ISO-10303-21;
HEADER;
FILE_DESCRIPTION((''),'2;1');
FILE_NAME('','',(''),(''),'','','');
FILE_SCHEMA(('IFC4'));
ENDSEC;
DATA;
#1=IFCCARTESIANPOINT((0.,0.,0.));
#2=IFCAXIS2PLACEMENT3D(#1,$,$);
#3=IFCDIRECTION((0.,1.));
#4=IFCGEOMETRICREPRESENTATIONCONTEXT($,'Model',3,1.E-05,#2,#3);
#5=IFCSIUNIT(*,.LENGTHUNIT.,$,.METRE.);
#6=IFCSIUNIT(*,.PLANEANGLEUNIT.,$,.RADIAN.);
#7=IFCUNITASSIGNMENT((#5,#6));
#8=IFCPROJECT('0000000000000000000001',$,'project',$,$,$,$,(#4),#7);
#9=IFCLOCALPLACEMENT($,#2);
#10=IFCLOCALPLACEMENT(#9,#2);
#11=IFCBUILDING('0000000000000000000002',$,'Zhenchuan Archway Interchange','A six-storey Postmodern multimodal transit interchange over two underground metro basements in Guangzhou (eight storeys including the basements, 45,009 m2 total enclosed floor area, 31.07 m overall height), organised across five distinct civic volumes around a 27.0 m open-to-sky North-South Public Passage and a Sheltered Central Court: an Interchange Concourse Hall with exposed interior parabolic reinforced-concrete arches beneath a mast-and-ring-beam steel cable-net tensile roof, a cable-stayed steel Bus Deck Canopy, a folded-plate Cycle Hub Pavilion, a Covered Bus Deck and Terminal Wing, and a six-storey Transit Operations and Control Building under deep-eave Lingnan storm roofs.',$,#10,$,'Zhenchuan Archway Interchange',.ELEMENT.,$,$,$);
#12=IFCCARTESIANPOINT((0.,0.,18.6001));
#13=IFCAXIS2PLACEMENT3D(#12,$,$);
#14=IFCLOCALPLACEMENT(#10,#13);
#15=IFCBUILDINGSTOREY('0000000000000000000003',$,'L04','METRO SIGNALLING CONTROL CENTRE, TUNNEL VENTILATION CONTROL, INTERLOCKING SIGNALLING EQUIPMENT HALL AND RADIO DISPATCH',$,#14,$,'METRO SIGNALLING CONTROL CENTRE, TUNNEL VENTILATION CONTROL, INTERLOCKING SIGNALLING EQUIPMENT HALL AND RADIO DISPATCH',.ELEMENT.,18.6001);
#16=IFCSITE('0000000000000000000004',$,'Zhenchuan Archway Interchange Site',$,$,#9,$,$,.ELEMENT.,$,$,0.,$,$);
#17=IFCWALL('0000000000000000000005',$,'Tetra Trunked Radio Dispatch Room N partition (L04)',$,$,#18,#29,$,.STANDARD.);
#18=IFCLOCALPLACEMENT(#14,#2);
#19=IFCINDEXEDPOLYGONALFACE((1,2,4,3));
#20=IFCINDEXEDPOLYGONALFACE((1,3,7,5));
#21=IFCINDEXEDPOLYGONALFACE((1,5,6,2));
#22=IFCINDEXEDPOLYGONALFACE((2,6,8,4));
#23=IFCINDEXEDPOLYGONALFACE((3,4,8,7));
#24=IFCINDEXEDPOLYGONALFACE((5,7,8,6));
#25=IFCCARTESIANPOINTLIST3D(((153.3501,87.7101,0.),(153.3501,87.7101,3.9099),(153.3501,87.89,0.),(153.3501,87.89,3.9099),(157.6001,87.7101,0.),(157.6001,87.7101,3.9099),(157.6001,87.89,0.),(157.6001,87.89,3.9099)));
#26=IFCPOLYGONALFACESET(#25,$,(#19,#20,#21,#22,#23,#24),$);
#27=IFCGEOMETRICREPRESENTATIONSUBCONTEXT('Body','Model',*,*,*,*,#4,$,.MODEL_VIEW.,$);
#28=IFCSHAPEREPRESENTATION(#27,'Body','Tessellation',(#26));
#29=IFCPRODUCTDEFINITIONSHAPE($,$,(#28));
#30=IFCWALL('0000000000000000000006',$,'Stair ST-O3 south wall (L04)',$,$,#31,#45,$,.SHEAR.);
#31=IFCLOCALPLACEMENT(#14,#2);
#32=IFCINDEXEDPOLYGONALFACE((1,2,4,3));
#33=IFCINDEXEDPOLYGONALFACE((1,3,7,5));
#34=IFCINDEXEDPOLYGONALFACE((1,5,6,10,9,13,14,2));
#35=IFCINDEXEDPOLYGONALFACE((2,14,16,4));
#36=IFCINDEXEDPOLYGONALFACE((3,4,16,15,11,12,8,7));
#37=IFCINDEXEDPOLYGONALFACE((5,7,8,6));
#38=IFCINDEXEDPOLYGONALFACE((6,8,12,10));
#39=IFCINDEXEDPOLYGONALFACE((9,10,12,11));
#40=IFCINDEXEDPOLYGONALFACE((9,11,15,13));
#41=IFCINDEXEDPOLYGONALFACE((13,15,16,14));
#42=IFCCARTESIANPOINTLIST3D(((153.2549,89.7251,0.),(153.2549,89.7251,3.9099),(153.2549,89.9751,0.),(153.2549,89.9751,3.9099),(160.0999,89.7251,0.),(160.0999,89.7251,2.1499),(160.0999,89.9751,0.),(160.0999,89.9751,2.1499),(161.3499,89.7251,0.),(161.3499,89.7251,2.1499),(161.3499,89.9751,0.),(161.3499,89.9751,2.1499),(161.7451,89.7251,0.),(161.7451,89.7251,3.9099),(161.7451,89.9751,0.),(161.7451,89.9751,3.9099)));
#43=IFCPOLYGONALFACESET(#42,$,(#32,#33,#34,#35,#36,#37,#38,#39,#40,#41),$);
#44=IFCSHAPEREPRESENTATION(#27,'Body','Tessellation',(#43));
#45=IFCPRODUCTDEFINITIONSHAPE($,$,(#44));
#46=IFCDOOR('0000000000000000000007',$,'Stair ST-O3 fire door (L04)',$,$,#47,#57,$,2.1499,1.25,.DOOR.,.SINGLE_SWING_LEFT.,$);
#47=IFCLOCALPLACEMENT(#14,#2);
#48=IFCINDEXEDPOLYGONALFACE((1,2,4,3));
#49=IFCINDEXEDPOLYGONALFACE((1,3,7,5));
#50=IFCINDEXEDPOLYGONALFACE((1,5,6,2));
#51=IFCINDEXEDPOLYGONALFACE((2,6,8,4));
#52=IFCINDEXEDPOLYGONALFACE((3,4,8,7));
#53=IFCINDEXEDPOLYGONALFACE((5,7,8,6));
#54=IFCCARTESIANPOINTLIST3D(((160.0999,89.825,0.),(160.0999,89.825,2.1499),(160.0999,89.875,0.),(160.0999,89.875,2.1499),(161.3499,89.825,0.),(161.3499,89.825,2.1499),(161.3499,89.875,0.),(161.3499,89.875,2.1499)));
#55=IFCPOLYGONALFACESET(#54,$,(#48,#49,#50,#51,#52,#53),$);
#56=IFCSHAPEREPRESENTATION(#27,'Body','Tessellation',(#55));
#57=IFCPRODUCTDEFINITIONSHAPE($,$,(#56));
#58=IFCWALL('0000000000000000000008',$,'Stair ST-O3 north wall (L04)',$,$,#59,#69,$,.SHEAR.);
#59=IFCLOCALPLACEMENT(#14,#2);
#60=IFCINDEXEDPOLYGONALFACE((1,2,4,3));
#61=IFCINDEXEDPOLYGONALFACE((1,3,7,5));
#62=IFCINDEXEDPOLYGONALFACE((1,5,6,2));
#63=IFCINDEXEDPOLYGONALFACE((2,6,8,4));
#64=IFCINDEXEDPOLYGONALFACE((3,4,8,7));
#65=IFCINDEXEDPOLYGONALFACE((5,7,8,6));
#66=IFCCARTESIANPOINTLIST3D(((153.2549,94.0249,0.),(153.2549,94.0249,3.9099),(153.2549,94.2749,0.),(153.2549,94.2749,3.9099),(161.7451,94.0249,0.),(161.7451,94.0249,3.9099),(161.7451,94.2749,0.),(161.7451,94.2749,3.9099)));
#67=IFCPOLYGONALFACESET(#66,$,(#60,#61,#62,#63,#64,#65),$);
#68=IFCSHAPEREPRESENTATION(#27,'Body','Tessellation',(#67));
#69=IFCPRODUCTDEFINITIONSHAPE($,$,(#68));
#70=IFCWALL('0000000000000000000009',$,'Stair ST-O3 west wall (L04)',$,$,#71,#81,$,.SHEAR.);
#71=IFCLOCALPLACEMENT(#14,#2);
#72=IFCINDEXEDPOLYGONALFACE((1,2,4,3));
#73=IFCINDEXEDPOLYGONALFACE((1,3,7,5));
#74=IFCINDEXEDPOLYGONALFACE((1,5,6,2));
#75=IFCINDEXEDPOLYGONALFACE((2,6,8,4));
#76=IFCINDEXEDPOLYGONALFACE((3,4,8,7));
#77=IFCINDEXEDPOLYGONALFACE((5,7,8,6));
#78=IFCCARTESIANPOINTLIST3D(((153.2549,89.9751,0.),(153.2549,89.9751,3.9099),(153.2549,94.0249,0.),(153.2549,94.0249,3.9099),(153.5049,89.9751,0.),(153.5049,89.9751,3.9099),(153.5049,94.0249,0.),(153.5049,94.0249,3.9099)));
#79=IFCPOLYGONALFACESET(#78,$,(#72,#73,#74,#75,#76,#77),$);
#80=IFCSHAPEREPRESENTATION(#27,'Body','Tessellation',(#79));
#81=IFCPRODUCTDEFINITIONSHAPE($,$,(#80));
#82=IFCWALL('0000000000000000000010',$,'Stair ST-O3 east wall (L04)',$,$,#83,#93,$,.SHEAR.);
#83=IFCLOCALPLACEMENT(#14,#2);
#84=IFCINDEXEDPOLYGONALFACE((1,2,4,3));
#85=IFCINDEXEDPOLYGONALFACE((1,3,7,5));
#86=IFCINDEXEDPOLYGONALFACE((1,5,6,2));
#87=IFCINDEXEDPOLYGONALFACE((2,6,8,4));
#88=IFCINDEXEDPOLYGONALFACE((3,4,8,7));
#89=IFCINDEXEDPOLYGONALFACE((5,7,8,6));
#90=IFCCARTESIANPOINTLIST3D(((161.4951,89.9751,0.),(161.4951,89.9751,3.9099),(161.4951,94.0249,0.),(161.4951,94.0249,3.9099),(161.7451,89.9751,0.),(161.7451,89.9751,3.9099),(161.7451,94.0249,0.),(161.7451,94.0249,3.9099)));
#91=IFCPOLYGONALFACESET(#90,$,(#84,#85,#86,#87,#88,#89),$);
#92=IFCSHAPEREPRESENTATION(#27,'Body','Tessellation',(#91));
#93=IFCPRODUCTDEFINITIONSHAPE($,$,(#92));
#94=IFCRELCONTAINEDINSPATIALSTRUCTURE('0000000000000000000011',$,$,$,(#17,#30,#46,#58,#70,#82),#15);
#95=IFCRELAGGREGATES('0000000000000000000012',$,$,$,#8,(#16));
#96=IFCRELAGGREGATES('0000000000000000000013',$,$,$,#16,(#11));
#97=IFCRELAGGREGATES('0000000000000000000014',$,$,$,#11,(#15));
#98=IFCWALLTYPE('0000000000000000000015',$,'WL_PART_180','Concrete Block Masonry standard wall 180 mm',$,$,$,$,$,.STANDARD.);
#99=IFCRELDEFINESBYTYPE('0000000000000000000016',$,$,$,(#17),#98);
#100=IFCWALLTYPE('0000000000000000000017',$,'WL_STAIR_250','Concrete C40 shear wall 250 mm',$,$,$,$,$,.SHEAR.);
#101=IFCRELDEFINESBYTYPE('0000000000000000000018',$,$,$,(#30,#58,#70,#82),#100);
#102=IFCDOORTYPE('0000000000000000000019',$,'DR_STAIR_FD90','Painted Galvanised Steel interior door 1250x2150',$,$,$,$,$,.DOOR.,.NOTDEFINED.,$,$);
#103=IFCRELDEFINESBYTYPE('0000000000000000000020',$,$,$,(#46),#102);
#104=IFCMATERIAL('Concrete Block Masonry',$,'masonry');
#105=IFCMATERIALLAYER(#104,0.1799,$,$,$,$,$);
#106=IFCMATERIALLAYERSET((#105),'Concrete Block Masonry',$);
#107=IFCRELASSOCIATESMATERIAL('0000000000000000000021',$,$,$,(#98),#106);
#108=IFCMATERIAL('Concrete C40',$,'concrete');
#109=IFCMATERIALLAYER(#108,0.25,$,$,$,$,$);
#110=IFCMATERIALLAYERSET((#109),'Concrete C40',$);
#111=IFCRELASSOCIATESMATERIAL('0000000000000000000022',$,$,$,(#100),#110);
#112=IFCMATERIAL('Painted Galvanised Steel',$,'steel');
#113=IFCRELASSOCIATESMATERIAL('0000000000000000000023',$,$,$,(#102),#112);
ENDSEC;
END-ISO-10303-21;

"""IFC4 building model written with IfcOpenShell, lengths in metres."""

from ifc_helpers import new_model, si_unit, direction, frame, frame_2d, origin, place, context, subcontext, project, spatial, rectangle, extrude, material, layer, layer_set, type_object, element, fill, save


model = new_model("IFC4")

# Units and contexts
model_context = context("Model", 3, precision=1e-05, world=origin(), true_north=direction((0.0, 1.0)))
body_context = subcontext(model_context, "Body", "Model", "MODEL_VIEW")
ifc_project = project(units=[si_unit("LENGTHUNIT", "METRE"), si_unit("PLANEANGLEUNIT", "RADIAN")], contexts=[model_context])

# Site, building, storey
site_placement = place(None, origin())
site = spatial("IfcSite", under=ifc_project, at=site_placement, Name="Zhenchuan Archway Interchange Site", CompositionType="ELEMENT", RefElevation=0.0)
building_placement = place(site_placement, origin())
building = spatial("IfcBuilding", under=site, at=building_placement, Name="Zhenchuan Archway Interchange", Description="A six-storey Postmodern multimodal transit interchange over two underground metro basements in Guangzhou (eight storeys including the basements, 45,009 m2 total enclosed floor area, 31.07 m overall height), organised across five distinct civic volumes around a 27.0 m open-to-sky North-South Public Passage and a Sheltered Central Court: an Interchange Concourse Hall with exposed interior parabolic reinforced-concrete arches beneath a mast-and-ring-beam steel cable-net tensile roof, a cable-stayed steel Bus Deck Canopy, a folded-plate Cycle Hub Pavilion, a Covered Bus Deck and Terminal Wing, and a six-storey Transit Operations and Control Building under deep-eave Lingnan storm roofs.", LongName="Zhenchuan Archway Interchange", CompositionType="ELEMENT")
storey_placement = place(building_placement, frame((0.0, 0.0, 18.6001)))
storey = spatial("IfcBuildingStorey", under=building, at=storey_placement, Name="L04", Description="METRO SIGNALLING CONTROL CENTRE, TUNNEL VENTILATION CONTROL, INTERLOCKING SIGNALLING EQUIPMENT HALL AND RADIO DISPATCH", LongName="METRO SIGNALLING CONTROL CENTRE, TUNNEL VENTILATION CONTROL, INTERLOCKING SIGNALLING EQUIPMENT HALL AND RADIO DISPATCH", CompositionType="ELEMENT", Elevation=18.6001)

# Shared definitions
ifc_material_1 = material(Name="Concrete C40", Category="concrete")

# Wall
ifc_material_2 = material(Name="Concrete Block Masonry", Category="masonry")
ifc_layer_1 = layer(ifc_material_2, 0.1799)
ifc_layer_set_1 = layer_set([ifc_layer_1], Name="Concrete Block Masonry")
wall_type_1 = type_object("IfcWallType", Name="WL_PART_180", Description="Concrete Block Masonry standard wall 180 mm", PredefinedType="STANDARD", material=ifc_layer_set_1)
wall_1_placement = place(storey_placement, frame((153.3501, 87.8, 0.0), z_axis=(0.0, 0.0, 1.0), x_axis=(1.0, 0.0, 0.0)))
element("IfcWall", 1, at=wall_1_placement, inside=storey, type_object=wall_type_1, Name="Tetra Trunked Radio Dispatch Room N partition (L04)", PredefinedType="STANDARD", context=body_context, shape_type="SweptSolid", body=[
    extrude(rectangle(XDim=4.25, YDim=0.1799, at=frame_2d((2.125, 0.0))), origin(), (0.0, 0.0, 1.0), 3.9099),
])

# Wall, opening, door
ifc_layer_2 = layer(ifc_material_1, 0.25)
ifc_layer_set_2 = layer_set([ifc_layer_2], Name="Concrete C40")
wall_type_2 = type_object("IfcWallType", Name="WL_STAIR_250", Description="Concrete C40 shear wall 250 mm", PredefinedType="SHEAR", material=ifc_layer_set_2)
wall_2_placement = place(storey_placement, frame((153.2549, 89.8501, 0.0), z_axis=(0.0, 0.0, 1.0), x_axis=(1.0, 0.0, 0.0)))
wall_2 = element("IfcWall", 2, at=wall_2_placement, inside=storey, type_object=wall_type_2, Name="Stair ST-O3 south wall (L04)", PredefinedType="SHEAR", context=body_context, shape_type="SweptSolid", body=[
    extrude(rectangle(XDim=8.4902, YDim=0.25, at=frame_2d((4.2451, 0.0))), origin(), (0.0, 0.0, 1.0), 3.9099),
])
opening_1_placement = place(wall_2_placement, frame((6.845, 0.0, 0.0)))
opening_1 = element("IfcOpeningElement", 3, at=opening_1_placement, cuts=wall_2, PredefinedType="OPENING", context=body_context, shape_type="SweptSolid", body=[
    extrude(rectangle(XDim=1.25, YDim=2.1499, at=frame_2d((0.625, 1.075))), frame((0.0, 0.137, 0.0), z_axis=(0.0, -1.0, 0.0), x_axis=(1.0, 0.0, 0.0)), (0.0, 0.0, 1.0), 0.2739),
])
ifc_material_3 = material(Name="Painted Galvanised Steel", Category="steel")
door_type = type_object("IfcDoorType", Name="DR_STAIR_FD90", Description="Painted Galvanised Steel interior door 1250x2150", OperationType="NOTDEFINED", PredefinedType="DOOR", material=ifc_material_3)
door_placement = place(opening_1_placement, origin())
door = element("IfcDoor", 4, at=door_placement, inside=storey, type_object=door_type, Name="Stair ST-O3 fire door (L04)", OperationType="SINGLE_SWING_LEFT", OverallHeight=2.1499, OverallWidth=1.25, PredefinedType="DOOR", context=body_context, shape_type="SweptSolid", body=[
    extrude(rectangle(XDim=1.25, YDim=2.1499, at=frame_2d((0.625, 1.075))), frame((0.0, 0.0249, 0.0), z_axis=(0.0, -1.0, 0.0), x_axis=(1.0, 0.0, 0.0)), (0.0, 0.0, 1.0), 0.05),
])
fill(opening_1, door)

# Walls
wall_3_placement = place(storey_placement, frame((161.7451, 94.1499, 0.0), z_axis=(0.0, 0.0, 1.0), x_axis=(-1.0, 0.0, 0.0)))
element("IfcWall", 5, at=wall_3_placement, inside=storey, type_object=wall_type_2, Name="Stair ST-O3 north wall (L04)", PredefinedType="SHEAR", context=body_context, shape_type="SweptSolid", body=[
    extrude(rectangle(XDim=8.4902, YDim=0.25, at=frame_2d((4.2451, 0.0))), origin(), (0.0, 0.0, 1.0), 3.9099),
])
for number, where, z_axis, x_axis, name in (
    (6, (153.3799, 94.0249, 0.0), (0.0, 0.0, 1.0), (0.0, -1.0, 0.0), "Stair ST-O3 west wall (L04)"),
    (7, (161.6201, 89.9751, 0.0), (0.0, 0.0, 1.0), (0.0, 1.0, 0.0), "Stair ST-O3 east wall (L04)"),
):
    element("IfcWall", number, at=place(storey_placement, frame(where, z_axis=z_axis, x_axis=x_axis)), inside=storey, type_object=wall_type_2, Name=name, PredefinedType="SHEAR", context=body_context, shape_type="SweptSolid", body=[
        extrude(rectangle(XDim=4.0498, YDim=0.25, at=frame_2d((2.0249, 0.0))), origin(), (0.0, 0.0, 1.0), 3.9099),
    ])

save(model, "model.ifc")
